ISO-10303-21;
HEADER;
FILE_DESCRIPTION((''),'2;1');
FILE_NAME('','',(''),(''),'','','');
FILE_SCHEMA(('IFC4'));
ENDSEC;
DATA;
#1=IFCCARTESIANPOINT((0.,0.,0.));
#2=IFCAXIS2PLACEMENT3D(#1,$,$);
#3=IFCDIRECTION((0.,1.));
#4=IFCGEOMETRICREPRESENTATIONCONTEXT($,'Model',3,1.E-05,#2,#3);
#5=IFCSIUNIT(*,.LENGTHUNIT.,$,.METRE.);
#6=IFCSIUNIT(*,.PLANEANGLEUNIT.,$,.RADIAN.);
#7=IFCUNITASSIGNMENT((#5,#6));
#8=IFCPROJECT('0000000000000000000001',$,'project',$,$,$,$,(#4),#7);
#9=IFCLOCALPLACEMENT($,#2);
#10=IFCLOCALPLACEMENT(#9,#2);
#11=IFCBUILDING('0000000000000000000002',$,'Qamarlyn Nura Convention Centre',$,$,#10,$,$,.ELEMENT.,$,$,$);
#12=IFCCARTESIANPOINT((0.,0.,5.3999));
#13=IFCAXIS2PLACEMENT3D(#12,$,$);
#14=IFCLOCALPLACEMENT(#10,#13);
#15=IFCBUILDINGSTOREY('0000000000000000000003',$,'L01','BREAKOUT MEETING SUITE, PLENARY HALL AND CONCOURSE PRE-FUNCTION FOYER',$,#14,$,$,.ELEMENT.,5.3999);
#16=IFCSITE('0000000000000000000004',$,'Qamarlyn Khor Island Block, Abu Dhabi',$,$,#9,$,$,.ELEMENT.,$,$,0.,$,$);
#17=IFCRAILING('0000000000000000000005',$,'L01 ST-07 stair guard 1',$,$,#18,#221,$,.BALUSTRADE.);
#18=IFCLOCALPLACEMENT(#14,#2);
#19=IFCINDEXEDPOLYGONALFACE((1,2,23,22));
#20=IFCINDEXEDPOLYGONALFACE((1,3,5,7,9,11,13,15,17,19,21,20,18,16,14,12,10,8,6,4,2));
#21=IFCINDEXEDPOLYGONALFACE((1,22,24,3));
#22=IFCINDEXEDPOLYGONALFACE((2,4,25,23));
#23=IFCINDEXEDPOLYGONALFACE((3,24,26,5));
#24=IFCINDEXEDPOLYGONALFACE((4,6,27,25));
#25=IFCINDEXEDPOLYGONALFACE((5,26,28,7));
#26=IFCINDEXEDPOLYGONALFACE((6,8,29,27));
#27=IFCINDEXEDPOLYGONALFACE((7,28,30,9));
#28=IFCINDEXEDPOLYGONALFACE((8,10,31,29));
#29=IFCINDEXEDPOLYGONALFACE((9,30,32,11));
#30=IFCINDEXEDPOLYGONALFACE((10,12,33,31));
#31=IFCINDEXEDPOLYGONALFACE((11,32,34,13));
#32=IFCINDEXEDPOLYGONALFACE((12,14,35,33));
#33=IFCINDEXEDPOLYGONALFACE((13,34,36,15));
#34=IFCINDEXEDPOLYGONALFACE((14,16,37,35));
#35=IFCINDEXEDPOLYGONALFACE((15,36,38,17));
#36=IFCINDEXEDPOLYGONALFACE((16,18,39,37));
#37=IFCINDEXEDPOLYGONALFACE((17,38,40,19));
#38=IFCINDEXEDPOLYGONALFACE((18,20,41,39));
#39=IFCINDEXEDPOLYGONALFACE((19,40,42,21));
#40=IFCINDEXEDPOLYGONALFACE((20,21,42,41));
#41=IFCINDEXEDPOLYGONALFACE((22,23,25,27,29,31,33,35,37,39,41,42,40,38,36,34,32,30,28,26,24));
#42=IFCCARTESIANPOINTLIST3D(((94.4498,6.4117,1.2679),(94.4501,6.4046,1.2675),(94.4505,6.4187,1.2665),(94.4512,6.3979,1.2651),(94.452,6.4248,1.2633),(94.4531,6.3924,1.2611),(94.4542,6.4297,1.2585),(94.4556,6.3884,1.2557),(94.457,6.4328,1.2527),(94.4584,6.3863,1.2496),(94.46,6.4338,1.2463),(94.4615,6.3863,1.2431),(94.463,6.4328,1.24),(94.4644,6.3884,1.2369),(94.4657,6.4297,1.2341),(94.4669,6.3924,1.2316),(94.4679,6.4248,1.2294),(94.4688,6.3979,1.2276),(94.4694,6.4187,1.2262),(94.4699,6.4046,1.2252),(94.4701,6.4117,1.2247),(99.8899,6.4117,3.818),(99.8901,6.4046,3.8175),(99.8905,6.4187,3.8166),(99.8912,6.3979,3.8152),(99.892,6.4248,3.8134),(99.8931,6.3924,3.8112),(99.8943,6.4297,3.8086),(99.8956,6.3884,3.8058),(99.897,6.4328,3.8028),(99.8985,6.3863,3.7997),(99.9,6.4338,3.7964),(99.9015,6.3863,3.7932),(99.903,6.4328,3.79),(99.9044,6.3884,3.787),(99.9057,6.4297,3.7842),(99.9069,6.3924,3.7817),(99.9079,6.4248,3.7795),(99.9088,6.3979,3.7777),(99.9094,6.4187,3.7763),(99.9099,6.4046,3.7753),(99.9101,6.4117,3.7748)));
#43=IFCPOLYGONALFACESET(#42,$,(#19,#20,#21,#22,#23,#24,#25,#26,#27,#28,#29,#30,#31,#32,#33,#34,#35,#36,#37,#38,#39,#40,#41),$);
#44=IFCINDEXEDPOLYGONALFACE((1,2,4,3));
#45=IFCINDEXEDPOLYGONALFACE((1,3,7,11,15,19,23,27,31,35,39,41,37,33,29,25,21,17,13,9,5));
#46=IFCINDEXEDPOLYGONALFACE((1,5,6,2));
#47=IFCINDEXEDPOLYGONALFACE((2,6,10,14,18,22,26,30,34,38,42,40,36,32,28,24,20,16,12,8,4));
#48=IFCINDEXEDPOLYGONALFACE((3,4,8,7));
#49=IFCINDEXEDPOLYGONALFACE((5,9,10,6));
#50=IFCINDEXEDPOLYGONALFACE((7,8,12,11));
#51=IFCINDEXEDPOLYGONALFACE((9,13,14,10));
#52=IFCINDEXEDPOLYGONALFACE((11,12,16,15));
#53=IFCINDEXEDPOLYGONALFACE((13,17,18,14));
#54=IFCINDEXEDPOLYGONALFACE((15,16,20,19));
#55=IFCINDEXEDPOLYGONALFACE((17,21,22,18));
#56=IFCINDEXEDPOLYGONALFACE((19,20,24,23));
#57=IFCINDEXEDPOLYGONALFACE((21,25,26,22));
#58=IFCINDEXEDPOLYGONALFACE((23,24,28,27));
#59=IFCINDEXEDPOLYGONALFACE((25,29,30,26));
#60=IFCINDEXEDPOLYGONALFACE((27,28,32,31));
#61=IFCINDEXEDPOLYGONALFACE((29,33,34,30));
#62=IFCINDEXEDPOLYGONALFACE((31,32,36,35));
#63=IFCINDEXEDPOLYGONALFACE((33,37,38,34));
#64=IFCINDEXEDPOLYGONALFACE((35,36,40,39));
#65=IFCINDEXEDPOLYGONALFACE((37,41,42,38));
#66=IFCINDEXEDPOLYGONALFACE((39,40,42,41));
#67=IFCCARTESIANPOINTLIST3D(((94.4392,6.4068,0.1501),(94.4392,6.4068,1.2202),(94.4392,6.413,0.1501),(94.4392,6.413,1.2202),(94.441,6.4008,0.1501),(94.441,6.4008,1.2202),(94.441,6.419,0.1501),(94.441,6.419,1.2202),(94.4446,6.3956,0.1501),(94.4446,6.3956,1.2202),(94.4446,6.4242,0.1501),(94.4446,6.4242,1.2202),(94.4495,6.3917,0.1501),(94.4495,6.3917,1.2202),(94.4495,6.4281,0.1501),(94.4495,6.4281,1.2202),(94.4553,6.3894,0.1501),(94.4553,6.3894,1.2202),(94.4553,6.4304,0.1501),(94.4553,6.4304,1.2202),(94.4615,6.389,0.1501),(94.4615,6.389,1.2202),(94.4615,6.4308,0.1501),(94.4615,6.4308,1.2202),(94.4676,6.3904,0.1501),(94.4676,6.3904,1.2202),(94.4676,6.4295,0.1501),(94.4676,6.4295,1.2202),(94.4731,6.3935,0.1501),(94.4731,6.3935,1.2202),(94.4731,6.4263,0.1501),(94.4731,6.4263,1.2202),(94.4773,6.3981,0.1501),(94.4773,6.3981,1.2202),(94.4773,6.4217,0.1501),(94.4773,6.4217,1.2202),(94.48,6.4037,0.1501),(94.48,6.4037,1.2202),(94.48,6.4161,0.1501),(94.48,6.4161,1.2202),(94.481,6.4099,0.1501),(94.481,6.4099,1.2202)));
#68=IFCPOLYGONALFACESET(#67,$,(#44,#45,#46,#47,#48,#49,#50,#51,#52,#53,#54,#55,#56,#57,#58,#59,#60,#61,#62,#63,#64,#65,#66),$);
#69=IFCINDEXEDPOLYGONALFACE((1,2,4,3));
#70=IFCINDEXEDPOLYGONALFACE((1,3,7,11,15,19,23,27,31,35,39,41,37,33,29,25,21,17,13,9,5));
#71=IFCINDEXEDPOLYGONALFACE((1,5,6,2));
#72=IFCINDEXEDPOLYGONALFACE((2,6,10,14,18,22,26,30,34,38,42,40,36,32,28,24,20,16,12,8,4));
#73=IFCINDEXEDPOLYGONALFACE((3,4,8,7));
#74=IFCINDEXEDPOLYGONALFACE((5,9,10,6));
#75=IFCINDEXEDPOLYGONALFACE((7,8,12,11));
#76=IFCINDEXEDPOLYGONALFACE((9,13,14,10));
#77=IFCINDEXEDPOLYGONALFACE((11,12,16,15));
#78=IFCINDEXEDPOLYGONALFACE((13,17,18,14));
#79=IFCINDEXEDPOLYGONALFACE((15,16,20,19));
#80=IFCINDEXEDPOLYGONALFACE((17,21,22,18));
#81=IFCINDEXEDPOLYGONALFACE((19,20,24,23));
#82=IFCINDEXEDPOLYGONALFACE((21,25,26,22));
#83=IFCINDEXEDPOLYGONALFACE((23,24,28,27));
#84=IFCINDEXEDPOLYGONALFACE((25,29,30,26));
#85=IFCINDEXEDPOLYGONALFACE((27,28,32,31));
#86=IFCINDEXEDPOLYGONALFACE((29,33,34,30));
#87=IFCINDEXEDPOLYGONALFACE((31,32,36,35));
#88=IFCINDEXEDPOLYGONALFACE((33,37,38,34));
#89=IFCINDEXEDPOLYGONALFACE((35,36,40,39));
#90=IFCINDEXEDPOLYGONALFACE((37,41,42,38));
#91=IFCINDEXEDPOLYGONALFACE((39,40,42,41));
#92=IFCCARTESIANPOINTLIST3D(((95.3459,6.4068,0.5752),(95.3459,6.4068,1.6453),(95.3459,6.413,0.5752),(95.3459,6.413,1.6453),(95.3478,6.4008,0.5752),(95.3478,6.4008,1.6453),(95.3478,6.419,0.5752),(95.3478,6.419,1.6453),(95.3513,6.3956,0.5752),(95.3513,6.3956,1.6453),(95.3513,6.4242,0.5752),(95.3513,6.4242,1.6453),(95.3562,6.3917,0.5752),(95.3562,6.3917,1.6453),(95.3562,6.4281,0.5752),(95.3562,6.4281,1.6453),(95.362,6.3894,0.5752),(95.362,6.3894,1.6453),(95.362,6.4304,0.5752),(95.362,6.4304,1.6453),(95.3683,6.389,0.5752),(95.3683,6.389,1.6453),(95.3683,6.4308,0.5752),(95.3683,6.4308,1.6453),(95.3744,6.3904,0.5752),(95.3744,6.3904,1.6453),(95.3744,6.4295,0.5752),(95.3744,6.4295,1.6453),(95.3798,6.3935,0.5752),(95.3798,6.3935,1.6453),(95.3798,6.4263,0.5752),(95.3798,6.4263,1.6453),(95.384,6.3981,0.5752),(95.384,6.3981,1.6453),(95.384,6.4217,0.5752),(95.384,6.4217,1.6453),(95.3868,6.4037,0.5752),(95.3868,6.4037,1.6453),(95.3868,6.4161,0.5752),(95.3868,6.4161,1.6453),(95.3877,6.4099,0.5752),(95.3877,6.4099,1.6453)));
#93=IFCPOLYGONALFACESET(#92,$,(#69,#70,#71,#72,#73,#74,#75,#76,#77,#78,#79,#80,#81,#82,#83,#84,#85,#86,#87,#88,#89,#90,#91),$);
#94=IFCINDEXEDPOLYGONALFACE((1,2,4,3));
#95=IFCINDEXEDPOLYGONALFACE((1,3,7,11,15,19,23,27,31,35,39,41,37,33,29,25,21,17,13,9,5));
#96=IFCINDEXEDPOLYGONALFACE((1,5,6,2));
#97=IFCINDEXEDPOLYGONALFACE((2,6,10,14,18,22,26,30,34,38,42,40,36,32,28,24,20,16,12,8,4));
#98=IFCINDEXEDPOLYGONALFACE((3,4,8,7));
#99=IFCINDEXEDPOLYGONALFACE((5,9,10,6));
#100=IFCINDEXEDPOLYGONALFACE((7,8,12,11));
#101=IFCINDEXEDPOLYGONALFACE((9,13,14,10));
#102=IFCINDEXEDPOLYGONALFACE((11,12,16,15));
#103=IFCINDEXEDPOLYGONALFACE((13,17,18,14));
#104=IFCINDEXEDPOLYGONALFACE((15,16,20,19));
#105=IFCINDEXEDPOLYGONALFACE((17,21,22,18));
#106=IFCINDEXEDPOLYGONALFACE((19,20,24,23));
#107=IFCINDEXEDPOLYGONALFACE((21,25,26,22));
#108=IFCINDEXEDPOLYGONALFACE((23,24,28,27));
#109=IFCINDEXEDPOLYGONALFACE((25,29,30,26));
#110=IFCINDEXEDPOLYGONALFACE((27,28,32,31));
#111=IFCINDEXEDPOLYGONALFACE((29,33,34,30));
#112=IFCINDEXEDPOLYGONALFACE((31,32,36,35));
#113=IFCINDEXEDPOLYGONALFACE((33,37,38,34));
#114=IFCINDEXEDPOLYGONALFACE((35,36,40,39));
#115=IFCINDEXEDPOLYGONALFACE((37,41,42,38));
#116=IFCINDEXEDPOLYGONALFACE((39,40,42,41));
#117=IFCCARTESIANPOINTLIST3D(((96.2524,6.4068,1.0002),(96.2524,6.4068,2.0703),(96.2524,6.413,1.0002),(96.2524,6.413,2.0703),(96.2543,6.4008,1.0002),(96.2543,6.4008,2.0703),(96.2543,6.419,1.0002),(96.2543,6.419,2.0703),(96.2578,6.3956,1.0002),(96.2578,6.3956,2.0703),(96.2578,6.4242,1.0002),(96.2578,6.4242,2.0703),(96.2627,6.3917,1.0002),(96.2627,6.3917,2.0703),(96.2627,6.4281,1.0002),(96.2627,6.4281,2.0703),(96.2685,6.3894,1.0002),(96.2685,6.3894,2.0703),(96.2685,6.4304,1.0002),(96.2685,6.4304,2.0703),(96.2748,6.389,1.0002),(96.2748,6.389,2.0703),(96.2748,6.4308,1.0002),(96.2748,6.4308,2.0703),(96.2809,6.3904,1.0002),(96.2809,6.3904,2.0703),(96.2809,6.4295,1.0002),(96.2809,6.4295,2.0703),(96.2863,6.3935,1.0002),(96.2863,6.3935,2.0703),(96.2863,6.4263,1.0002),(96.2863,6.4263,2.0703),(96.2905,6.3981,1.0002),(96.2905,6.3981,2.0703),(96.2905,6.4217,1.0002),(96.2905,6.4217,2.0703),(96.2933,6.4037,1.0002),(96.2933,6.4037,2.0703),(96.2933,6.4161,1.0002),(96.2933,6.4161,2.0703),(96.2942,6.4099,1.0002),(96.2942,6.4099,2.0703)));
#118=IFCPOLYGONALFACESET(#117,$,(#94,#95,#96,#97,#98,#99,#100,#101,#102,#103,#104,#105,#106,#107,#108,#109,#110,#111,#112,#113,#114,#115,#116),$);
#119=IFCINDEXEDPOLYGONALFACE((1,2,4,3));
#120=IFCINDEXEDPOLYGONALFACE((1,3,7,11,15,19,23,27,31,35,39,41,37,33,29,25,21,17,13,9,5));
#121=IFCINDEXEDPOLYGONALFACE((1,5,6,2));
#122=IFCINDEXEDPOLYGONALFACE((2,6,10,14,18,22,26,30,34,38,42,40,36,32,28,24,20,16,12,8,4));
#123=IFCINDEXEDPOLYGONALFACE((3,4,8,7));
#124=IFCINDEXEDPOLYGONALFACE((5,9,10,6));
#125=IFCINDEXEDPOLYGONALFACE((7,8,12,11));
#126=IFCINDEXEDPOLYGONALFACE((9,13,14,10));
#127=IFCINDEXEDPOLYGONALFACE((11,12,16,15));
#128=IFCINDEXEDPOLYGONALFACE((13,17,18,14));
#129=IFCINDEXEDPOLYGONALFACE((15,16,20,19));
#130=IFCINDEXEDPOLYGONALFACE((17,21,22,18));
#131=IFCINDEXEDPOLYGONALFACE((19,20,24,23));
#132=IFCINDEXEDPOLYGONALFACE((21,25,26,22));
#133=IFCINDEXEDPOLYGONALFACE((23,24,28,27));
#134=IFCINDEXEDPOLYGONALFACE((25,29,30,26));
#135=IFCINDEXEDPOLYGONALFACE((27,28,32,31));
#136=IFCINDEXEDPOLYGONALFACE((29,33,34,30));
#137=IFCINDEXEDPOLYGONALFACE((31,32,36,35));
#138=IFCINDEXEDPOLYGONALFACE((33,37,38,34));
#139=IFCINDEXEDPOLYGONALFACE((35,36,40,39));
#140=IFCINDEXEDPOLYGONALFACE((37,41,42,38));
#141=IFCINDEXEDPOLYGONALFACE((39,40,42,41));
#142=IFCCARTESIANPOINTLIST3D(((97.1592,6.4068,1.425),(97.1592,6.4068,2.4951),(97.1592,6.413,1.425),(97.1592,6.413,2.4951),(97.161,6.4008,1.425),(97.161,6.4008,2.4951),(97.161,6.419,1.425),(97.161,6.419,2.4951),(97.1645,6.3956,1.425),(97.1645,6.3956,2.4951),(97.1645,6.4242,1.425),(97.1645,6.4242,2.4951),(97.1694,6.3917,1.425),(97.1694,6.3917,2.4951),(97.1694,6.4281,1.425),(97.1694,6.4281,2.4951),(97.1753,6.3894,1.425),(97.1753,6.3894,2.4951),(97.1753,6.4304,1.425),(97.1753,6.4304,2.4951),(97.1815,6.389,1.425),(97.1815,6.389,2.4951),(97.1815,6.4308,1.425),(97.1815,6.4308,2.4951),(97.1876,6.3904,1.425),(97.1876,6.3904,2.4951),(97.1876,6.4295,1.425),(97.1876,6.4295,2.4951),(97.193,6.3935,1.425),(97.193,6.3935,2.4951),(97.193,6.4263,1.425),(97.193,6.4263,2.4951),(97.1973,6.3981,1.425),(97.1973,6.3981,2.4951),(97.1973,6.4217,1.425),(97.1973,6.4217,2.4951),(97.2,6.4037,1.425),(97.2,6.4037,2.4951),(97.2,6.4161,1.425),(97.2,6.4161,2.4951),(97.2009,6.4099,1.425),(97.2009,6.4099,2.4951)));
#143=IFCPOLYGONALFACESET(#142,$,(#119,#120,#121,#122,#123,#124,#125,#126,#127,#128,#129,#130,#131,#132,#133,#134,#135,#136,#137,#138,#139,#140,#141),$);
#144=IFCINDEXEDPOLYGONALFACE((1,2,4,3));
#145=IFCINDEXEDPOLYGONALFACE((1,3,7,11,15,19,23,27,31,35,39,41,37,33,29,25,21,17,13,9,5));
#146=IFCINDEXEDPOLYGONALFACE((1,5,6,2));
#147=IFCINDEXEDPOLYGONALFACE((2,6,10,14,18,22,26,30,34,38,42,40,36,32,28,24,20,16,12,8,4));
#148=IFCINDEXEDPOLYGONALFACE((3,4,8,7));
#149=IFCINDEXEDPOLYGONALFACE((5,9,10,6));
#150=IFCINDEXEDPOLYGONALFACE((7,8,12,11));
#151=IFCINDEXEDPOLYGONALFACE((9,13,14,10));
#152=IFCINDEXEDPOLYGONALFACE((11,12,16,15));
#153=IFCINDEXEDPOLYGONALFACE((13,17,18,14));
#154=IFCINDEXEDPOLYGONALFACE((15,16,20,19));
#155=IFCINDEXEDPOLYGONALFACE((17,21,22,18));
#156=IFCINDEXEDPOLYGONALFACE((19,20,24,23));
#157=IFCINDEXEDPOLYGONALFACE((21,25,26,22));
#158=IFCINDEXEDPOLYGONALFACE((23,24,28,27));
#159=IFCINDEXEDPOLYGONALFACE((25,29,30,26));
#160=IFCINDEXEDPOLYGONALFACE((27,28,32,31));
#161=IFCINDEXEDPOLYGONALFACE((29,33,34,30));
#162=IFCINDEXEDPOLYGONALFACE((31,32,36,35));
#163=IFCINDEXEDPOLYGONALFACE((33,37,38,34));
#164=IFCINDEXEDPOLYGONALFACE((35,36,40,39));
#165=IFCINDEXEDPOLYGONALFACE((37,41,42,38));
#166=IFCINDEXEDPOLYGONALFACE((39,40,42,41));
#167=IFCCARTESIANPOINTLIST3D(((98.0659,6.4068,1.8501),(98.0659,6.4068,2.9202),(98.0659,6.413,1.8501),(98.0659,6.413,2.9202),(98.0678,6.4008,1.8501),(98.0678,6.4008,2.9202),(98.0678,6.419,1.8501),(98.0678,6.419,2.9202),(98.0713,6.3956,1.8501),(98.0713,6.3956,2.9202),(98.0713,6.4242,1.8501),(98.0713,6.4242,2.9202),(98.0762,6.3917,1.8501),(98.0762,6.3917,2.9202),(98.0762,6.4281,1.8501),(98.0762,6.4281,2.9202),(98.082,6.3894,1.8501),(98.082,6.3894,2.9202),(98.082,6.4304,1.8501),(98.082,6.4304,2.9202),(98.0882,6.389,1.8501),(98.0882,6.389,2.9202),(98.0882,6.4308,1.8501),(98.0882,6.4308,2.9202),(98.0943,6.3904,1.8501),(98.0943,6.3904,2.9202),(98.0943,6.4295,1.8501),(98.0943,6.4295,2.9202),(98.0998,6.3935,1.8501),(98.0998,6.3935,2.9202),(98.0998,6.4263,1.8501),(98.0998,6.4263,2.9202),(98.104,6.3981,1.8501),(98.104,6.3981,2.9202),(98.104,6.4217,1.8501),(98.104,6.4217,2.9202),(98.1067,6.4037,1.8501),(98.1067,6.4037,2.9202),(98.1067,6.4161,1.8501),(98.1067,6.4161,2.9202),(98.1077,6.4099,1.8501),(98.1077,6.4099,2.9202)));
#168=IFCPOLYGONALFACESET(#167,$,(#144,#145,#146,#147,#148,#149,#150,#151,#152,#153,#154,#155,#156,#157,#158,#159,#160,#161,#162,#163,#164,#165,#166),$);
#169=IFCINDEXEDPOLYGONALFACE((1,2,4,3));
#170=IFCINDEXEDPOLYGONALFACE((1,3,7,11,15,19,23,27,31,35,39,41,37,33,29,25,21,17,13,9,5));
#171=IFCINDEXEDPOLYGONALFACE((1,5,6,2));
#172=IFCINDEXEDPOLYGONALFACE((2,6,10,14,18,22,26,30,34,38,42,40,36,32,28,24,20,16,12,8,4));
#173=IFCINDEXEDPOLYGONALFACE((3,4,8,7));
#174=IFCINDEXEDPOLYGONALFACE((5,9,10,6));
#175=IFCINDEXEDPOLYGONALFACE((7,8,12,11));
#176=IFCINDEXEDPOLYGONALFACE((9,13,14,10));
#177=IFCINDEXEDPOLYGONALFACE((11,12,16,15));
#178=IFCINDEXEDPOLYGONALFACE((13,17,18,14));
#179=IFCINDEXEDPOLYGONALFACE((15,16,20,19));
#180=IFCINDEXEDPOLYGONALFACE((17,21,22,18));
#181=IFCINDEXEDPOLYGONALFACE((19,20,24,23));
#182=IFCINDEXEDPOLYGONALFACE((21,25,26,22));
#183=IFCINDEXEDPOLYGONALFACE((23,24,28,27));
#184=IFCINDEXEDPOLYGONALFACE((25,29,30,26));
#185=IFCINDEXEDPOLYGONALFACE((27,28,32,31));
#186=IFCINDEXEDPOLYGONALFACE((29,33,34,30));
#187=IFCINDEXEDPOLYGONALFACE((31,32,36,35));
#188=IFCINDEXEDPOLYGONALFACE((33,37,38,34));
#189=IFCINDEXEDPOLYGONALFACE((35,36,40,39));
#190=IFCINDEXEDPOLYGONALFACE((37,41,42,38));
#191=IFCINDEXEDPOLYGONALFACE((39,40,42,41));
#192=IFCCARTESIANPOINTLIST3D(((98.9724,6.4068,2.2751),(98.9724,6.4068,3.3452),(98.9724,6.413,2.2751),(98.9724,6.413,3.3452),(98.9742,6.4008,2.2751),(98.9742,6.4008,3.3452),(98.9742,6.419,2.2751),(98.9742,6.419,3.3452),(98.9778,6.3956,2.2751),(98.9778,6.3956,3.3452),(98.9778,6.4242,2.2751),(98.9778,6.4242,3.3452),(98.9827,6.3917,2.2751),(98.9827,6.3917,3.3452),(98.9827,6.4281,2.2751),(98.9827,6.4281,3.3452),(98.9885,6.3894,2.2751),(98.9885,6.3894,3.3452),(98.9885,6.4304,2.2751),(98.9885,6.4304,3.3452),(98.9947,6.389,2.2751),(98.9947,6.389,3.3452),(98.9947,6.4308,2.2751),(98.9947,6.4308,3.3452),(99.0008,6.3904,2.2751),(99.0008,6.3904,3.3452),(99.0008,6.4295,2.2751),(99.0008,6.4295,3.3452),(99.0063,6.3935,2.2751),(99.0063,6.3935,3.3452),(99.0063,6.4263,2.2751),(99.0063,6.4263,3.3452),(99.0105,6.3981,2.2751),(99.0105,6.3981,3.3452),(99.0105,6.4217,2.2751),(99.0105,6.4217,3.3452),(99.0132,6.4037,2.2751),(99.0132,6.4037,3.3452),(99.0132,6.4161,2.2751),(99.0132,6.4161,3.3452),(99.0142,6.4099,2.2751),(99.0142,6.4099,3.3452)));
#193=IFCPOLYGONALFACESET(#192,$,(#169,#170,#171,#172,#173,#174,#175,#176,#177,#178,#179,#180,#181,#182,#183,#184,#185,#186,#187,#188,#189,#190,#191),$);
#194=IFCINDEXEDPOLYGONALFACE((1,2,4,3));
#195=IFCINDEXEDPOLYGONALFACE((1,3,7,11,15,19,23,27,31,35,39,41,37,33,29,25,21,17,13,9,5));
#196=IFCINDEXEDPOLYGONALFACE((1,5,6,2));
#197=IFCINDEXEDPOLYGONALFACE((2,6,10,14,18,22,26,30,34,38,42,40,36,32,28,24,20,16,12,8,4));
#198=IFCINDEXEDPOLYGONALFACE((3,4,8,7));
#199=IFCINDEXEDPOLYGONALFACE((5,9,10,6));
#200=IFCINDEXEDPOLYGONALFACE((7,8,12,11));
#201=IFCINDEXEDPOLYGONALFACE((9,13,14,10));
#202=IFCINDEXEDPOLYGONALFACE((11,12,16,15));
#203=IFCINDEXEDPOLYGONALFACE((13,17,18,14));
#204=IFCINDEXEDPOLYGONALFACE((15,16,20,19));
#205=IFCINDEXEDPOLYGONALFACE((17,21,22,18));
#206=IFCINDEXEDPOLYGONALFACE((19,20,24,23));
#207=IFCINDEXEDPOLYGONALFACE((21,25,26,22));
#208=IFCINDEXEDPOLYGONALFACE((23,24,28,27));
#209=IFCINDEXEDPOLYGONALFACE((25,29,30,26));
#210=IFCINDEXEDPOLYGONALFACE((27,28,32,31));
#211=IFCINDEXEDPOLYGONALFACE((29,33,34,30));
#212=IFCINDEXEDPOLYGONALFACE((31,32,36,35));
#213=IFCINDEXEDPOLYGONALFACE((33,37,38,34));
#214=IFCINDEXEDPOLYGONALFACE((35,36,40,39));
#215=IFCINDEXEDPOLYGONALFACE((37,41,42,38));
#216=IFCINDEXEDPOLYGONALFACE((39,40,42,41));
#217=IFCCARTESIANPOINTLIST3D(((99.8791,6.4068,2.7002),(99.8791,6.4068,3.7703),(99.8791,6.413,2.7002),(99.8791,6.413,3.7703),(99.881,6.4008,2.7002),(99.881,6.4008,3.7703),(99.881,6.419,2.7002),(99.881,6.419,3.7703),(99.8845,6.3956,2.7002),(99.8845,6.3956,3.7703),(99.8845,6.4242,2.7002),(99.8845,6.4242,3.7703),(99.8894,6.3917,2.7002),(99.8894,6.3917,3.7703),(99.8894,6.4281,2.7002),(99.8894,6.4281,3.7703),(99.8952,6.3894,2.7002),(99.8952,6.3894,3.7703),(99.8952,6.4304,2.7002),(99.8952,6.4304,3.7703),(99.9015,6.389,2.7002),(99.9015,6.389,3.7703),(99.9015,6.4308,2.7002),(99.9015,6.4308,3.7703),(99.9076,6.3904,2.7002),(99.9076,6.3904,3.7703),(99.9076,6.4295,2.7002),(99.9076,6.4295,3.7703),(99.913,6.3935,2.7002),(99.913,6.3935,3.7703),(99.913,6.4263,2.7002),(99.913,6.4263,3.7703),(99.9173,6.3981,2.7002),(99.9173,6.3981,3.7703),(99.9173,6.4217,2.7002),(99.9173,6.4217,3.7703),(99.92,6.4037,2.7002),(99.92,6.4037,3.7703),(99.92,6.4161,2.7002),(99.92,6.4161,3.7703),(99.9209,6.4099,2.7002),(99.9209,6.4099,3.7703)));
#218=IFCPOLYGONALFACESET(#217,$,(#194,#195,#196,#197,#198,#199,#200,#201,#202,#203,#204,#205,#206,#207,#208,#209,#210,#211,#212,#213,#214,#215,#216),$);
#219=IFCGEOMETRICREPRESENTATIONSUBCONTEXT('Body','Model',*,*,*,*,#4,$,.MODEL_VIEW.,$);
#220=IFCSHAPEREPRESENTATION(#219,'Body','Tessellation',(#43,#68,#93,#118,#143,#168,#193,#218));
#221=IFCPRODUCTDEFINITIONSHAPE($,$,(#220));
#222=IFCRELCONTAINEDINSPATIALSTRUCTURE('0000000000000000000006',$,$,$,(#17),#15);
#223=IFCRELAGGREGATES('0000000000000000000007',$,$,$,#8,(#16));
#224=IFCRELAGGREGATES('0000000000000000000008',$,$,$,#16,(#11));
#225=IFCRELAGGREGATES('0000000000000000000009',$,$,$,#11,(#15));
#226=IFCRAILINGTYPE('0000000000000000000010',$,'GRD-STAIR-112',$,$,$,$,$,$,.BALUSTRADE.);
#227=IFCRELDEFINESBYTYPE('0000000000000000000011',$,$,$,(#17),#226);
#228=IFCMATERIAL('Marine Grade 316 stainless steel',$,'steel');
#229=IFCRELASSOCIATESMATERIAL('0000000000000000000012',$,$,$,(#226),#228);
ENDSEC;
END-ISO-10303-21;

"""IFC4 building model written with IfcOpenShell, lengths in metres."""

from ifc_helpers import new_model, si_unit, direction, frame, origin, origin_2d, place, context, subcontext, project, spatial, circle, extrude, material, type_object, element, save


model = new_model("IFC4")

# Units and contexts
model_context = context("Model", 3, precision=1e-05, world=origin(), true_north=direction((0.0, 1.0)))
body_context = subcontext(model_context, "Body", "Model", "MODEL_VIEW")
ifc_project = project(units=[si_unit("LENGTHUNIT", "METRE"), si_unit("PLANEANGLEUNIT", "RADIAN")], contexts=[model_context])

# Site, building, storey
site_placement = place(None, origin())
site = spatial("IfcSite", under=ifc_project, at=site_placement, Name="Qamarlyn Khor Island Block, Abu Dhabi", CompositionType="ELEMENT", RefElevation=0.0)
building_placement = place(site_placement, origin())
building = spatial("IfcBuilding", under=site, at=building_placement, Name="Qamarlyn Nura Convention Centre", CompositionType="ELEMENT")
storey_placement = place(building_placement, frame((0.0, 0.0, 5.3999)))
storey = spatial("IfcBuildingStorey", under=building, at=storey_placement, Name="L01", Description="BREAKOUT MEETING SUITE, PLENARY HALL AND CONCOURSE PRE-FUNCTION FOYER", CompositionType="ELEMENT", Elevation=5.3999)

# Railing
ifc_material_1 = material(Name="Marine Grade 316 stainless steel", Category="steel")
railing_type_1 = type_object("IfcRailingType", Name="GRD-STAIR-112", PredefinedType="BALUSTRADE", material=ifc_material_1)
railing_1_placement = place(storey_placement, frame((94.46, 6.4099, 0.1501)))
element("IfcRailing", 1, at=railing_1_placement, inside=storey, type_object=railing_type_1, Name="L01 ST-07 stair guard 1", PredefinedType="BALUSTRADE", context=body_context, shape_type="SweptSolid", body=[
    extrude(circle(Radius=0.0239, at=origin_2d()), frame((0.0, 0.0, 1.0962), z_axis=(0.905454, 0.0, 0.424444), x_axis=(0.0, 1.0, 0.0)), (0.0, 0.0, 1.0), 6.0081),
    extrude(circle(Radius=0.021, at=origin_2d()), origin(), (0.0, 0.0, 1.0), 1.0701),
    extrude(circle(Radius=0.021, at=origin_2d()), frame((0.9067, 0.0, 0.425)), (0.0, 0.0, 1.0), 1.0701),
    extrude(circle(Radius=0.021, at=origin_2d()), frame((1.8132, 0.0, 0.8501)), (0.0, 0.0, 1.0), 1.0701),
    extrude(circle(Radius=0.021, at=origin_2d()), frame((2.72, 0.0, 1.2749)), (0.0, 0.0, 1.0), 1.0701),
    extrude(circle(Radius=0.021, at=origin_2d()), frame((3.6267, 0.0, 1.7)), (0.0, 0.0, 1.0), 1.0701),
    extrude(circle(Radius=0.021, at=origin_2d()), frame((4.5332, 0.0, 2.125)), (0.0, 0.0, 1.0), 1.0701),
    extrude(circle(Radius=0.021, at=origin_2d()), frame((5.4399, 0.0, 2.55)), (0.0, 0.0, 1.0), 1.0701),
])

save(model, "model.ifc")
